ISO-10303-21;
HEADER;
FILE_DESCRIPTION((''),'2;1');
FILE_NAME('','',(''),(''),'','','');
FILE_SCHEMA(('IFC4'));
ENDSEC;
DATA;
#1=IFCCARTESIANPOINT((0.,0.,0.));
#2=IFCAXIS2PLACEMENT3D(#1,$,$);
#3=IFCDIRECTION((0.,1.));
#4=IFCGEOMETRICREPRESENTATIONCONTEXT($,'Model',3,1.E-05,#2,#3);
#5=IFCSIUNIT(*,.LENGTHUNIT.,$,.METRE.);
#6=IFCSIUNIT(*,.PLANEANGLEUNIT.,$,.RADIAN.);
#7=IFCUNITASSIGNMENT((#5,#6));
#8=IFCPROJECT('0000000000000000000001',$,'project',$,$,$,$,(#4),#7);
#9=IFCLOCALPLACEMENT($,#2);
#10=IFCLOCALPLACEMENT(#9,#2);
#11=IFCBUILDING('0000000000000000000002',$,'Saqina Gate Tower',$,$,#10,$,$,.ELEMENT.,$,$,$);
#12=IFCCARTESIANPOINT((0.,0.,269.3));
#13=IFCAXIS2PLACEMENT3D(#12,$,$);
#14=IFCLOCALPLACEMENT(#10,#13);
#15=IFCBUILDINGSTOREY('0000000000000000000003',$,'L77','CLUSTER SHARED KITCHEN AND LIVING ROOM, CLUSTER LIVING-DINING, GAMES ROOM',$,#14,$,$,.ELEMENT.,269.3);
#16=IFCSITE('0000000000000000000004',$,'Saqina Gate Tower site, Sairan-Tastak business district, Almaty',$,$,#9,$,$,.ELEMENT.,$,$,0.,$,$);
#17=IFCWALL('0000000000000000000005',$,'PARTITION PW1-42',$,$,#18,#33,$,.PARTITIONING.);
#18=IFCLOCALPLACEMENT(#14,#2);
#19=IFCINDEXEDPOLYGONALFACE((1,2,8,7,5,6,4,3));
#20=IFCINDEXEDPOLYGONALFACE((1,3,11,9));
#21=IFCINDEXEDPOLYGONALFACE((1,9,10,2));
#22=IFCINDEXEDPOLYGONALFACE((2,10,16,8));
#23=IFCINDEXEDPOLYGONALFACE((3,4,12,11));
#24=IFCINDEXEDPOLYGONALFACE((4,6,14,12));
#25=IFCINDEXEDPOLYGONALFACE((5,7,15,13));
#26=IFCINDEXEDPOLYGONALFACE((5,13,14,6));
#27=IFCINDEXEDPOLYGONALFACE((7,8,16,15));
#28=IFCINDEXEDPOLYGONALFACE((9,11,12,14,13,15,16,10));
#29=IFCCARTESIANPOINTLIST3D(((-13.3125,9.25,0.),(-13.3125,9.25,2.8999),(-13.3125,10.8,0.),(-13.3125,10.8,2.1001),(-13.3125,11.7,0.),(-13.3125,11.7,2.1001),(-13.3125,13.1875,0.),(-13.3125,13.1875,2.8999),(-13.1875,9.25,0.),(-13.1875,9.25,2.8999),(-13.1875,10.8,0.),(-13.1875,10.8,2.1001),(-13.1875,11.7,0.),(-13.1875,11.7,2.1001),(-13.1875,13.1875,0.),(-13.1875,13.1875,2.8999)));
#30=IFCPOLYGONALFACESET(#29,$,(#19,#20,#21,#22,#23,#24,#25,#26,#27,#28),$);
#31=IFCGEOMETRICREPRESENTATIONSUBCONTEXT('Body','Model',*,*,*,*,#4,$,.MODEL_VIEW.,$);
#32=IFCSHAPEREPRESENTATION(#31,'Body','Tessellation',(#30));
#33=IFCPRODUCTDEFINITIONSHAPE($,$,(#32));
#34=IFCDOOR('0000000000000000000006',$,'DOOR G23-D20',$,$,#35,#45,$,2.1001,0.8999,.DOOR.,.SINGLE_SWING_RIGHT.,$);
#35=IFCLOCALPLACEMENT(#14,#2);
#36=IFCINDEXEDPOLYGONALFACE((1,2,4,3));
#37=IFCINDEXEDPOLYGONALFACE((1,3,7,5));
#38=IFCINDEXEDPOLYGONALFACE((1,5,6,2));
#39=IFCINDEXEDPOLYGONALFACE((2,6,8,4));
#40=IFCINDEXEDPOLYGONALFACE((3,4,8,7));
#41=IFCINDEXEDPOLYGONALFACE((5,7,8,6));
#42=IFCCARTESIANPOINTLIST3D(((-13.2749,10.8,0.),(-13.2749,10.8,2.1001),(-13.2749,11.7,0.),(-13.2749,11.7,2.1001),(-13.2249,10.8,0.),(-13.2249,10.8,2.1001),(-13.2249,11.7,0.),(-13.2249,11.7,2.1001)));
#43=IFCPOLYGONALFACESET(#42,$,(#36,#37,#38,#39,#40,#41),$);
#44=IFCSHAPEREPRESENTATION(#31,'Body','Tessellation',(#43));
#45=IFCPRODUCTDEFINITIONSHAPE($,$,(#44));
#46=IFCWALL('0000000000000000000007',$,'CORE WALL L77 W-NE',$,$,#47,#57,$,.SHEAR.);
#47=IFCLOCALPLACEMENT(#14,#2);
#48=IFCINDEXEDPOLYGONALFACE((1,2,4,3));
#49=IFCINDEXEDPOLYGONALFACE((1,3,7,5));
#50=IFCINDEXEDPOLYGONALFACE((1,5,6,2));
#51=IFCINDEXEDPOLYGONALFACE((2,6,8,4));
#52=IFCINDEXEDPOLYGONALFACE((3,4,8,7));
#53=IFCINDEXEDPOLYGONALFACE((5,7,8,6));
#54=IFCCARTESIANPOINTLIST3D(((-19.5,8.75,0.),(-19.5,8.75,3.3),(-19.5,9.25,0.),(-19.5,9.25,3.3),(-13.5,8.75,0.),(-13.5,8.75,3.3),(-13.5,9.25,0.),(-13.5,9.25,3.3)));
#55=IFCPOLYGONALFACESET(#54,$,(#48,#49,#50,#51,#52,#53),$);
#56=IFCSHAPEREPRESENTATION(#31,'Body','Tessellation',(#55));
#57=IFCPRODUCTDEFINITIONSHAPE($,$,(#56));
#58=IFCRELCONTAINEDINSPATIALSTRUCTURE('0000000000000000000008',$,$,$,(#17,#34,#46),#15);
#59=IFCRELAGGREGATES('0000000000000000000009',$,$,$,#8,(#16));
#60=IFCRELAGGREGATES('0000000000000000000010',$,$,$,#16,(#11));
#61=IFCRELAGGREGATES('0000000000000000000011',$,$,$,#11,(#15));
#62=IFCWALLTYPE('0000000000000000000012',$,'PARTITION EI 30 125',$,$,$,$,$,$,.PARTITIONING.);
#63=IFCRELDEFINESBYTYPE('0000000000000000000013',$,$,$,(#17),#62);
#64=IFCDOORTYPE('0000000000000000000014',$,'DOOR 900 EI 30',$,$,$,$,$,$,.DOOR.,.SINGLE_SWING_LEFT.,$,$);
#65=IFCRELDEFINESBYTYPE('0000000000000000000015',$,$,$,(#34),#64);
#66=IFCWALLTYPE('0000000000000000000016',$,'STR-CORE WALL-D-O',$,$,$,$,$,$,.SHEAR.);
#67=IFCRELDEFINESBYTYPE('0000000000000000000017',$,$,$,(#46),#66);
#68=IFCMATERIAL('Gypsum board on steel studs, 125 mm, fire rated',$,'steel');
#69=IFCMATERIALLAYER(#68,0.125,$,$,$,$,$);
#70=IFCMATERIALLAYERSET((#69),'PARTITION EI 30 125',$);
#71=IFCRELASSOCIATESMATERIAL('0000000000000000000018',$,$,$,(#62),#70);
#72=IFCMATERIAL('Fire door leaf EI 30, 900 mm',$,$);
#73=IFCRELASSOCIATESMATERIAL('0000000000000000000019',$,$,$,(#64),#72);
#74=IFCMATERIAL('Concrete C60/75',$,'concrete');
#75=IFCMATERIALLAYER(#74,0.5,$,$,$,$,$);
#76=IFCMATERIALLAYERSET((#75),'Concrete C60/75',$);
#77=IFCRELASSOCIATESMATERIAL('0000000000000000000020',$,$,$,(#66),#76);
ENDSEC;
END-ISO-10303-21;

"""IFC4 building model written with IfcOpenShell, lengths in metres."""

from ifc_helpers import new_model, si_unit, direction, frame, frame_2d, origin, place, context, subcontext, project, spatial, rectangle, extrude, material, layer, layer_set, type_object, element, fill, save


model = new_model("IFC4")

# Units and contexts
model_context = context("Model", 3, precision=1e-05, world=origin(), true_north=direction((0.0, 1.0)))
body_context = subcontext(model_context, "Body", "Model", "MODEL_VIEW")
ifc_project = project(units=[si_unit("LENGTHUNIT", "METRE"), si_unit("PLANEANGLEUNIT", "RADIAN")], contexts=[model_context])

# Site, building, storey
site_placement = place(None, origin())
site = spatial("IfcSite", under=ifc_project, at=site_placement, Name="Saqina Gate Tower site, Sairan-Tastak business district, Almaty", CompositionType="ELEMENT", RefElevation=0.0)
building_placement = place(site_placement, origin())
building = spatial("IfcBuilding", under=site, at=building_placement, Name="Saqina Gate Tower", CompositionType="ELEMENT")
storey_placement = place(building_placement, frame((0.0, 0.0, 269.3)))
storey = spatial("IfcBuildingStorey", under=building, at=storey_placement, Name="L77", Description="CLUSTER SHARED KITCHEN AND LIVING ROOM, CLUSTER LIVING-DINING, GAMES ROOM", CompositionType="ELEMENT", Elevation=269.3)

# Shared definitions
ifc_material_1 = material(Name="Gypsum board on steel studs, 125 mm, fire rated", Category="steel")
ifc_layer_1 = layer(ifc_material_1, 0.125)
ifc_layer_set_1 = layer_set([ifc_layer_1], Name="PARTITION EI 30 125")
wall_type_1 = type_object("IfcWallType", Name="PARTITION EI 30 125", PredefinedType="PARTITIONING", material=ifc_layer_set_1)
ifc_material_2 = material(Name="Fire door leaf EI 30, 900 mm")
door_type_1 = type_object("IfcDoorType", Name="DOOR 900 EI 30", OperationType="SINGLE_SWING_LEFT", PredefinedType="DOOR", material=ifc_material_2)

# Wall, opening, door
wall_1_placement = place(storey_placement, frame((-13.25, 9.25, 0.0), z_axis=(0.0, 0.0, 1.0), x_axis=(0.0, 1.0, 0.0)))
wall_1 = element("IfcWall", 1, at=wall_1_placement, inside=storey, type_object=wall_type_1, Name="PARTITION PW1-42", PredefinedType="PARTITIONING", context=body_context, shape_type="SweptSolid", body=[
    extrude(rectangle(XDim=3.9375, YDim=0.125, at=frame_2d((1.9688, 0.0))), origin(), (0.0, 0.0, 1.0), 2.8999),
])
opening_1_placement = place(wall_1_placement, frame((1.55, 0.0, 0.0)))
opening_1 = element("IfcOpeningElement", 2, at=opening_1_placement, cuts=wall_1, PredefinedType="OPENING", context=body_context, shape_type="SweptSolid", body=[
    extrude(rectangle(XDim=0.8999, YDim=2.1001, at=frame_2d((0.45, 1.05))), frame((0.0, 0.0745, 0.0), z_axis=(0.0, -1.0, 0.0), x_axis=(1.0, 0.0, 0.0)), (0.0, 0.0, 1.0), 0.1489),
])
door_1_placement = place(opening_1_placement, origin())
door_1 = element("IfcDoor", 3, at=door_1_placement, inside=storey, type_object=door_type_1, Name="DOOR G23-D20", OperationType="SINGLE_SWING_RIGHT", OverallHeight=2.1001, OverallWidth=0.8999, PredefinedType="DOOR", context=body_context, shape_type="SweptSolid", body=[
    extrude(rectangle(XDim=0.8999, YDim=2.1001, at=frame_2d((0.45, 1.05))), frame((0.0, 0.0249, 0.0), z_axis=(0.0, -1.0, 0.0), x_axis=(1.0, 0.0, 0.0)), (0.0, 0.0, 1.0), 0.05),
])
fill(opening_1, door_1)

# Wall
ifc_material_3 = material(Name="Concrete C60/75", Category="concrete")
ifc_layer_2 = layer(ifc_material_3, 0.5)
ifc_layer_set_2 = layer_set([ifc_layer_2], Name="Concrete C60/75")
wall_type_2 = type_object("IfcWallType", Name="STR-CORE WALL-D-O", PredefinedType="SHEAR", material=ifc_layer_set_2)
wall_2_placement = place(storey_placement, frame((-13.5, 9.0, 0.0), z_axis=(0.0, 0.0, 1.0), x_axis=(-1.0, 0.0, 0.0)))
element("IfcWall", 4, at=wall_2_placement, inside=storey, type_object=wall_type_2, Name="CORE WALL L77 W-NE", PredefinedType="SHEAR", context=body_context, shape_type="SweptSolid", body=[
    extrude(rectangle(XDim=6.0, YDim=0.5, at=frame_2d((3.0, 0.0))), origin(), (0.0, 0.0, 1.0), 3.3),
])

save(model, "model.ifc")
